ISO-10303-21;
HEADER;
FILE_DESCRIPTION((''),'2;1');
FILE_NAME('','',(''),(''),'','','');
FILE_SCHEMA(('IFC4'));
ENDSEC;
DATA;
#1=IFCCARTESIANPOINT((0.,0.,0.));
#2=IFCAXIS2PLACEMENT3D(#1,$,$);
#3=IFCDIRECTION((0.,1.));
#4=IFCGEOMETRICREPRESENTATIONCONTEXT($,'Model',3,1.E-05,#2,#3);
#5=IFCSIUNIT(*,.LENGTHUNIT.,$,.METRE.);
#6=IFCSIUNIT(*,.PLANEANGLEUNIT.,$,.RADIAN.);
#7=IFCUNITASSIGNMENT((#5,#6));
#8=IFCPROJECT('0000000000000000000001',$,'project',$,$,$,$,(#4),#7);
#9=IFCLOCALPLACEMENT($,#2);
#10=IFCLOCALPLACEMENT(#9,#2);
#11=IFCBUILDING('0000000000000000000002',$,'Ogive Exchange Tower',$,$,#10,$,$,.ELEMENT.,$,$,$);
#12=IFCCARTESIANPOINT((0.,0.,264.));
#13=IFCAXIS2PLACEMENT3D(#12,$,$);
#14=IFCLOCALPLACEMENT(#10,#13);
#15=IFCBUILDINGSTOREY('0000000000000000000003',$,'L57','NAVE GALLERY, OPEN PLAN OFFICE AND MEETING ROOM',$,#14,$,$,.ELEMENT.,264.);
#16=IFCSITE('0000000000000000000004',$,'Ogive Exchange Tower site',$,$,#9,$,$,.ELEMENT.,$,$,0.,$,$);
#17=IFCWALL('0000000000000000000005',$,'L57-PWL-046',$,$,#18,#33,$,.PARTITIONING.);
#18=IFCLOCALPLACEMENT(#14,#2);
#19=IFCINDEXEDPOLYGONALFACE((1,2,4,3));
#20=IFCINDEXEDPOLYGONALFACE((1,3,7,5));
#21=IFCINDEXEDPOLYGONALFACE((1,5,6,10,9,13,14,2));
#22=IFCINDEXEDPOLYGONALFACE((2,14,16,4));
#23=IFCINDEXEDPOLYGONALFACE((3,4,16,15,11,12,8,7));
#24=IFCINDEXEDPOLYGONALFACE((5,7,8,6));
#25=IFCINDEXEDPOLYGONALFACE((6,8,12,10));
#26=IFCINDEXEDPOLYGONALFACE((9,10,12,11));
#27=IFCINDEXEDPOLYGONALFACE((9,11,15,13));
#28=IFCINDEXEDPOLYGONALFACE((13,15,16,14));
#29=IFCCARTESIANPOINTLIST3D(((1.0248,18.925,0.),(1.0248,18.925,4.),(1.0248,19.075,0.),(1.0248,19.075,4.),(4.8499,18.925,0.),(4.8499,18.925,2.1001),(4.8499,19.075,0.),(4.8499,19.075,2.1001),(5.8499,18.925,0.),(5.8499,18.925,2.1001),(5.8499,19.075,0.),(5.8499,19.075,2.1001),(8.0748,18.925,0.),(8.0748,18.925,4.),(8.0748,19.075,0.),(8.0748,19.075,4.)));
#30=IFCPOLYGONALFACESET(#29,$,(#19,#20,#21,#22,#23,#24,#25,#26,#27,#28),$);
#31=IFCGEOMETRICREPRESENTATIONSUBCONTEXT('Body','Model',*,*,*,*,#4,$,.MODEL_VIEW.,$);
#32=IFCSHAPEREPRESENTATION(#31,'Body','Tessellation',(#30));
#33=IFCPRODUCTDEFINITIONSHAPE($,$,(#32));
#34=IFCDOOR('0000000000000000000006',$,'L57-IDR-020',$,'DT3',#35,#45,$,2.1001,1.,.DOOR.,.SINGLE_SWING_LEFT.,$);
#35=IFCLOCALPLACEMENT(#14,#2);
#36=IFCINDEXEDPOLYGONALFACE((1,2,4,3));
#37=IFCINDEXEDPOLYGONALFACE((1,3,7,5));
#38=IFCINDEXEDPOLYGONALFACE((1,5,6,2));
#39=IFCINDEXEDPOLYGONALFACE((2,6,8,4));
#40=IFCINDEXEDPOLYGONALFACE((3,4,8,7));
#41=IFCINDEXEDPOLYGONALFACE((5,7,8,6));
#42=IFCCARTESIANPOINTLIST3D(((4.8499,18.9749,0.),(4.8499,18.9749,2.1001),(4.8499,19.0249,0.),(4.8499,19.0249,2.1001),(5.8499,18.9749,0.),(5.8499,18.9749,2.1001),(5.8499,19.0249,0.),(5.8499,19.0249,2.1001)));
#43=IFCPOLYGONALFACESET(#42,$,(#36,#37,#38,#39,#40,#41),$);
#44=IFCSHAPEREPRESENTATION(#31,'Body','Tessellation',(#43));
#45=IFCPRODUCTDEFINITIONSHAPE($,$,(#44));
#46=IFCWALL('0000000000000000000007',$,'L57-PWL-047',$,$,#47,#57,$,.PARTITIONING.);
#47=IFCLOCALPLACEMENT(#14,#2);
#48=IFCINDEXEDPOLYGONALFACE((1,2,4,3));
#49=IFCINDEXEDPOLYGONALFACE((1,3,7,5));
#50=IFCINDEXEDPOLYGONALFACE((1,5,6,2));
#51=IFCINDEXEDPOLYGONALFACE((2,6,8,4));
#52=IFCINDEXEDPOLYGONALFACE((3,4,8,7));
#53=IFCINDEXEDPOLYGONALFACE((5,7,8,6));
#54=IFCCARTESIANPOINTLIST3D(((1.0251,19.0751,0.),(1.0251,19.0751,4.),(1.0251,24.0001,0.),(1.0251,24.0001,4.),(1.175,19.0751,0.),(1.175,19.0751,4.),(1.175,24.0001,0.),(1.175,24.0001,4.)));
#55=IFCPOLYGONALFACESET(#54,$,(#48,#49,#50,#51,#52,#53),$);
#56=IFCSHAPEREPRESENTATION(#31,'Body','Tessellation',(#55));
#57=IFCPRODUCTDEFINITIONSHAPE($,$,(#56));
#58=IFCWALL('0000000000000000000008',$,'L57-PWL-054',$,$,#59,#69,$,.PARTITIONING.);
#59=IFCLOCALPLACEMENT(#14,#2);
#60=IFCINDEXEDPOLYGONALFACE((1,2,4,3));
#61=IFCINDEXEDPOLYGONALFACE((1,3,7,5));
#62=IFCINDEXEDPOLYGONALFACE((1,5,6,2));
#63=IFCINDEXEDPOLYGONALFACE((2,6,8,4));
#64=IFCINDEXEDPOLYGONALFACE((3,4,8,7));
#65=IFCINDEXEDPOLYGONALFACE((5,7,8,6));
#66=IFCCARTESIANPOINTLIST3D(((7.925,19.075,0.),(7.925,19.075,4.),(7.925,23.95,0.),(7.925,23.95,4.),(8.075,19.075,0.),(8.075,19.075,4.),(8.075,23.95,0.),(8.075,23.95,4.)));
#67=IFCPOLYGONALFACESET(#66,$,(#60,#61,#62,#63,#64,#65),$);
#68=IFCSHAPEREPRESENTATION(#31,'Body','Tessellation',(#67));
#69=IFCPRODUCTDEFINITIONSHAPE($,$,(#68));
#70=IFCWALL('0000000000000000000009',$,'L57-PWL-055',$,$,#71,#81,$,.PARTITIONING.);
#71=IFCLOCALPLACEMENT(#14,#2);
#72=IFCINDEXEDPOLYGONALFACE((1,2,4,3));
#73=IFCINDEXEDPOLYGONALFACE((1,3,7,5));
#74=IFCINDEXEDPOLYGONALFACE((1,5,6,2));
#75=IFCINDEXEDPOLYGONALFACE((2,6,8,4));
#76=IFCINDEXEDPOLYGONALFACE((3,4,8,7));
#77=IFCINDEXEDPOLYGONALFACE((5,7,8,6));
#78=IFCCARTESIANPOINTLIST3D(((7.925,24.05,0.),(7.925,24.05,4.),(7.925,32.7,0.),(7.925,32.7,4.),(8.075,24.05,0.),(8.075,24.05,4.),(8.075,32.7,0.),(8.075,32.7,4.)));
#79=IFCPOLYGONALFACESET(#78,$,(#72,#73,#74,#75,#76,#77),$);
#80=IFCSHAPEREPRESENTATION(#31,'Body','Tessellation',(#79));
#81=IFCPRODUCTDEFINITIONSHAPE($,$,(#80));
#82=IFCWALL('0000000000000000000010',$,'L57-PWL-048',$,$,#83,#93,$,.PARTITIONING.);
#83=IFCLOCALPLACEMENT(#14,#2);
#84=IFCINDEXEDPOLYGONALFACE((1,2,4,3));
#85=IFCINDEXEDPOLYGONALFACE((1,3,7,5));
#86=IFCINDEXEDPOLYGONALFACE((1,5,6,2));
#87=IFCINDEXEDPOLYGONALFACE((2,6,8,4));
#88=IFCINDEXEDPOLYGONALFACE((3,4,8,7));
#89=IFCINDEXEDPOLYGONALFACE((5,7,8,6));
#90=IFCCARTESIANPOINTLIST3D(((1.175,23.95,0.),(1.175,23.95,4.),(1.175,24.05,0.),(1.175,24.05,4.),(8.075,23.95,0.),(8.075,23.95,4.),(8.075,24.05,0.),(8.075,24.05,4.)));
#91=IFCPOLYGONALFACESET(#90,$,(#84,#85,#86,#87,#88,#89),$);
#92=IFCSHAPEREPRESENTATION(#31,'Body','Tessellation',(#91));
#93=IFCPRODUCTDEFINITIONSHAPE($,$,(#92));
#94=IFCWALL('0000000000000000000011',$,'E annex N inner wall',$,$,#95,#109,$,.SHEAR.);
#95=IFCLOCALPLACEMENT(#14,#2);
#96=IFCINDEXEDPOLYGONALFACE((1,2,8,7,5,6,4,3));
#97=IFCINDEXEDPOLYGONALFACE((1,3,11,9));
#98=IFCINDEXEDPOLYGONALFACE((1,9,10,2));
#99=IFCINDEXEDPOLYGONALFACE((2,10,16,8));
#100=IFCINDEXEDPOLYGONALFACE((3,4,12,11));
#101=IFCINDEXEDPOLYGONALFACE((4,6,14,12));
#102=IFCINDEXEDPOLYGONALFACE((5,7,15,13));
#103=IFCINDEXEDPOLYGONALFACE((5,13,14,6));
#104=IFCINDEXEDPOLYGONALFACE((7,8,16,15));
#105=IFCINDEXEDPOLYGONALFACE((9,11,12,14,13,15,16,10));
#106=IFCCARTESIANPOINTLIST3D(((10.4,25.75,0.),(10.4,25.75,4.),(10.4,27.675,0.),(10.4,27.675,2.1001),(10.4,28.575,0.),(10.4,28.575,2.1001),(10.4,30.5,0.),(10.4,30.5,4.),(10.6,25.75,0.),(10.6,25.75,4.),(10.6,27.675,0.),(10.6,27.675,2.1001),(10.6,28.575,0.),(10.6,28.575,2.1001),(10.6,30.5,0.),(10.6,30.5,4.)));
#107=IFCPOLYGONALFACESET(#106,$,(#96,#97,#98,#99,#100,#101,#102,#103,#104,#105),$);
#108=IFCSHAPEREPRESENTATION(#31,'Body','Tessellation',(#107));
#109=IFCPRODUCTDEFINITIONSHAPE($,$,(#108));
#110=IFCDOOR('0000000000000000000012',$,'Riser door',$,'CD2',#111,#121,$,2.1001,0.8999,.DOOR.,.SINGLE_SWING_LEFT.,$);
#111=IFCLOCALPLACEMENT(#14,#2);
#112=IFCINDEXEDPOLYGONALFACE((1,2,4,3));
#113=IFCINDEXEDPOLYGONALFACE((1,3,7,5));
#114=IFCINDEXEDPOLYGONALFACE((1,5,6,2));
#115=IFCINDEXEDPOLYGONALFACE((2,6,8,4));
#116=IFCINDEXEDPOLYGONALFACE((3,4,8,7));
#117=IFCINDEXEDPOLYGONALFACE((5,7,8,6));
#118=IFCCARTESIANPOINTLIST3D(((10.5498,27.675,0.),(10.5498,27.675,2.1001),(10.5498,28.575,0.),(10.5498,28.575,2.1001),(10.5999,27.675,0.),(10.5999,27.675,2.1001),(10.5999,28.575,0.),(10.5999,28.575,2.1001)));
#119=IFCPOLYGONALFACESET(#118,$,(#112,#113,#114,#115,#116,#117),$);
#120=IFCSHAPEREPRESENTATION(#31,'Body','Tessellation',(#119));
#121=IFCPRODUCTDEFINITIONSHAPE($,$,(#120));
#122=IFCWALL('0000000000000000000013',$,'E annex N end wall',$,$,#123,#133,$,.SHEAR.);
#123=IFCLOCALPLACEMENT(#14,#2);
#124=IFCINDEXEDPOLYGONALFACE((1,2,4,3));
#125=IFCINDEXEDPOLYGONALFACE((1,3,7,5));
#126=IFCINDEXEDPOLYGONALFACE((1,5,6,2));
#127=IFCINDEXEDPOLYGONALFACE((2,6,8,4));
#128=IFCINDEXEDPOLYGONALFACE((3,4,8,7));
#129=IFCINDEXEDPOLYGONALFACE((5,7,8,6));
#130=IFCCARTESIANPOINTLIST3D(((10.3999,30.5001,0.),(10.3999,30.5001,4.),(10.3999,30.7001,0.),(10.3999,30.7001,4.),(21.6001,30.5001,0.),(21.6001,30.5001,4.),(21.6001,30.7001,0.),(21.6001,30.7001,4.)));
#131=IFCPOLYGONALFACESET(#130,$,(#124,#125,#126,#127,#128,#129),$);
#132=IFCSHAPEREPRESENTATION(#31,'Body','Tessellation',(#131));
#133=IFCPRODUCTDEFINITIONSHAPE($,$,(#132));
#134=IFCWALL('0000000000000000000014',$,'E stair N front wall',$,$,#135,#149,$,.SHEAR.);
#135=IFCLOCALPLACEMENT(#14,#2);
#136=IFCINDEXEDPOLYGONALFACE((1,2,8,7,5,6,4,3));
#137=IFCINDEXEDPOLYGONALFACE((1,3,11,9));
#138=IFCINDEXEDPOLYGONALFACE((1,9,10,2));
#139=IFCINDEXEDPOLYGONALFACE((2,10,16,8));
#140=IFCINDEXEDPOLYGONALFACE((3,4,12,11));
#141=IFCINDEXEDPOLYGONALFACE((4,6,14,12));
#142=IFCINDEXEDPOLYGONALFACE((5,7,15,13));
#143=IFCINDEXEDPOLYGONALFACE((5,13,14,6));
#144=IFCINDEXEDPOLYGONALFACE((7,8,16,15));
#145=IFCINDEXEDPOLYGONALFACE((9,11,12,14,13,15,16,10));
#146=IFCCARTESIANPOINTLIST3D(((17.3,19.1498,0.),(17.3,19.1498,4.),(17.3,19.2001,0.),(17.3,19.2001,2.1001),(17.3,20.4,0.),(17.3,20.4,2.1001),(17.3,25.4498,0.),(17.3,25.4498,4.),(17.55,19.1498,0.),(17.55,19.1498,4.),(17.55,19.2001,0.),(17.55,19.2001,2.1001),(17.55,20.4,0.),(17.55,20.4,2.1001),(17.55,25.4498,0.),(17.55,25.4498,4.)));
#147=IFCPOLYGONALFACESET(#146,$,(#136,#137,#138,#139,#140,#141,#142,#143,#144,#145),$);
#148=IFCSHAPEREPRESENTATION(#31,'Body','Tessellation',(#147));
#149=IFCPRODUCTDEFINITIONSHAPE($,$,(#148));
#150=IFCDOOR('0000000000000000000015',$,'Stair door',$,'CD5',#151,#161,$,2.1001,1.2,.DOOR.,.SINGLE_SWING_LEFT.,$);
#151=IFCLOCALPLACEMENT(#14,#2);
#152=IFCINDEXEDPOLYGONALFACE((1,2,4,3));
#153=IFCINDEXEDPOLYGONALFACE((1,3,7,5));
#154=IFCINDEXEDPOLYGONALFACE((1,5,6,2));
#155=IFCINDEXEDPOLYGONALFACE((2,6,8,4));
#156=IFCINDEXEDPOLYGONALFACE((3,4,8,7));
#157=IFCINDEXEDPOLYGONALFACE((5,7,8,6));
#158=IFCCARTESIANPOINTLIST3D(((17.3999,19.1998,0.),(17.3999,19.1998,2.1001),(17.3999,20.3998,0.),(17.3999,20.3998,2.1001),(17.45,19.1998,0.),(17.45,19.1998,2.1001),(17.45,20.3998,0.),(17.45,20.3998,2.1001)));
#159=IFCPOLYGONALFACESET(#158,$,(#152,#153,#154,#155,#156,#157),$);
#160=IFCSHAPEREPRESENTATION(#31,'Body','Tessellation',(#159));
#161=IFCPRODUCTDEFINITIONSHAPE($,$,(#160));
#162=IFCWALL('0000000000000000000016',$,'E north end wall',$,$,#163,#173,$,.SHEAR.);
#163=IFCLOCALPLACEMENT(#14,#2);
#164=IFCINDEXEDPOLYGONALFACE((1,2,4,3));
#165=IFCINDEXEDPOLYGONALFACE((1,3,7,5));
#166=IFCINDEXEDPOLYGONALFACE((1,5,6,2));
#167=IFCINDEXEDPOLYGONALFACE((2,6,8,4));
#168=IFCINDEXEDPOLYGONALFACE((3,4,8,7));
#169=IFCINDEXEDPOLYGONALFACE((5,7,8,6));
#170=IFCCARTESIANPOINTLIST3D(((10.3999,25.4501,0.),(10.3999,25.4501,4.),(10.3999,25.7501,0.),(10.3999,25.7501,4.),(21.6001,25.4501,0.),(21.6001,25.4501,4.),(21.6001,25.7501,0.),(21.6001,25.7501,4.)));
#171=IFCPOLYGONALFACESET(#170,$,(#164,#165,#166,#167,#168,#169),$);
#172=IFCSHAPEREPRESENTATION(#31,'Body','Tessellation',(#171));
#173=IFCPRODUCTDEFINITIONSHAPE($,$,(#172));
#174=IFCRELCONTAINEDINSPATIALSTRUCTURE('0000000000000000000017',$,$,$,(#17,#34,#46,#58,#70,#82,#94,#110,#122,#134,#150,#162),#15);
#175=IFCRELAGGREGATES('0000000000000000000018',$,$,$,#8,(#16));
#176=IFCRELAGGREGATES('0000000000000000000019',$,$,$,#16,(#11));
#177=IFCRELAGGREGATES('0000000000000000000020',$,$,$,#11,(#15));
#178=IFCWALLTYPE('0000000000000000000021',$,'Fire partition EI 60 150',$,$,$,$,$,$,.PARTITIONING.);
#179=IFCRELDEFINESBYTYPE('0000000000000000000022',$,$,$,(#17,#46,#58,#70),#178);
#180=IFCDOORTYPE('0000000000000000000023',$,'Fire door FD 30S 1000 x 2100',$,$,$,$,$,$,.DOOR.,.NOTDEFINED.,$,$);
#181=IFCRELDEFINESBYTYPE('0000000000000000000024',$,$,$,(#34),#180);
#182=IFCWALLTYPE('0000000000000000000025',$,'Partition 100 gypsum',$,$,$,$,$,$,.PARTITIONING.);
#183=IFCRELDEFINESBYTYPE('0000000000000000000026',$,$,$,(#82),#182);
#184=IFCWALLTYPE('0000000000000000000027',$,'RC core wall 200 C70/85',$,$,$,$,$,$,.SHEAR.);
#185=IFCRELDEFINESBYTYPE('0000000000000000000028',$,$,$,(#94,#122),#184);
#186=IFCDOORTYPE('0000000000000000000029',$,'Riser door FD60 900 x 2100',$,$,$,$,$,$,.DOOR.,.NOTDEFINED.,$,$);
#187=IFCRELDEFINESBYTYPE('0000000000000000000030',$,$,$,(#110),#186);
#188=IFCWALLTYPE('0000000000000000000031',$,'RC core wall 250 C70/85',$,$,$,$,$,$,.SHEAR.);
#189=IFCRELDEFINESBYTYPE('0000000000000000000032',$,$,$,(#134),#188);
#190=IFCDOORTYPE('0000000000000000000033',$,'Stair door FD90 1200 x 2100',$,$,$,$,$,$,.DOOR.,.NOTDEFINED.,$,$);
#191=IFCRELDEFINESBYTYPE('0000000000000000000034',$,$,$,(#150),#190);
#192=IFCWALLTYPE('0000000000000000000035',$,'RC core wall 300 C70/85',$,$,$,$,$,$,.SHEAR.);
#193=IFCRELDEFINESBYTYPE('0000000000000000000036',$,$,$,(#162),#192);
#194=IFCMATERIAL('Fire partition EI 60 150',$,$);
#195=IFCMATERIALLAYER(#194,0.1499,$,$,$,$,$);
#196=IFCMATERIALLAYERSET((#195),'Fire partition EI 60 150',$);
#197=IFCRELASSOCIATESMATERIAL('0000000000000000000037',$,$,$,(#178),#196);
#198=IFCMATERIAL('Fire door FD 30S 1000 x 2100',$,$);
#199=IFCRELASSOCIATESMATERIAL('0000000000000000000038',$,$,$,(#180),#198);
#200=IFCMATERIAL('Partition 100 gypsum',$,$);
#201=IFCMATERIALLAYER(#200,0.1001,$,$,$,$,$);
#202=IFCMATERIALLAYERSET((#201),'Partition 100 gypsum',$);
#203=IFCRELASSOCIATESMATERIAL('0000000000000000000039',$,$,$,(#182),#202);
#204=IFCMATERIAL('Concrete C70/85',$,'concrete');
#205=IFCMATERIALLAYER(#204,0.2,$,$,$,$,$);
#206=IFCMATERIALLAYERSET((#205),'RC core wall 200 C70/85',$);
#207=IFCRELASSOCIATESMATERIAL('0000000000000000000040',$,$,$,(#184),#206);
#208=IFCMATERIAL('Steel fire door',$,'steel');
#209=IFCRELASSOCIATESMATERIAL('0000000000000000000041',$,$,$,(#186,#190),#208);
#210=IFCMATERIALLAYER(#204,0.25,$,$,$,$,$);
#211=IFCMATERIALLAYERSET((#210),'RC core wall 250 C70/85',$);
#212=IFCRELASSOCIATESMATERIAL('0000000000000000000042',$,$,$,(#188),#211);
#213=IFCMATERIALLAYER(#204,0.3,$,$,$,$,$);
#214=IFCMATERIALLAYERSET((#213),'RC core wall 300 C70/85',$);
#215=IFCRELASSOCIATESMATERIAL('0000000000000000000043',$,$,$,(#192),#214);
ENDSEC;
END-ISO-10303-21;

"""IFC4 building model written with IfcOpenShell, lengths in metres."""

from ifc_helpers import new_model, si_unit, direction, frame, frame_2d, origin, place, context, subcontext, project, spatial, rectangle, extrude, material, layer, layer_set, type_object, element, fill, save


model = new_model("IFC4")

# Units and contexts
model_context = context("Model", 3, precision=1e-05, world=origin(), true_north=direction((0.0, 1.0)))
body_context = subcontext(model_context, "Body", "Model", "MODEL_VIEW")
ifc_project = project(units=[si_unit("LENGTHUNIT", "METRE"), si_unit("PLANEANGLEUNIT", "RADIAN")], contexts=[model_context])

# Site, building, storey
site_placement = place(None, origin())
site = spatial("IfcSite", under=ifc_project, at=site_placement, Name="Ogive Exchange Tower site", CompositionType="ELEMENT", RefElevation=0.0)
building_placement = place(site_placement, origin())
building = spatial("IfcBuilding", under=site, at=building_placement, Name="Ogive Exchange Tower", CompositionType="ELEMENT")
storey_placement = place(building_placement, frame((0.0, 0.0, 264.0)))
storey = spatial("IfcBuildingStorey", under=building, at=storey_placement, Name="L57", Description="NAVE GALLERY, OPEN PLAN OFFICE AND MEETING ROOM", CompositionType="ELEMENT", Elevation=264.0)

# Shared definitions
ifc_material_1 = material(Name="Fire partition EI 60 150")
ifc_layer_1 = layer(ifc_material_1, 0.1499)
ifc_layer_set_1 = layer_set([ifc_layer_1], Name="Fire partition EI 60 150")
wall_type_1 = type_object("IfcWallType", Name="Fire partition EI 60 150", PredefinedType="PARTITIONING", material=ifc_layer_set_1)

# Wall, opening, door
ifc_material_2 = material(Name="Fire door FD 30S 1000 x 2100")
door_type_1 = type_object("IfcDoorType", Name="Fire door FD 30S 1000 x 2100", OperationType="NOTDEFINED", PredefinedType="DOOR", material=ifc_material_2)
wall_1_placement = place(storey_placement, frame((1.0249, 19.0, 0.0), z_axis=(0.0, 0.0, 1.0), x_axis=(1.0, 0.0, 0.0)))
wall_1 = element("IfcWall", 1, at=wall_1_placement, inside=storey, type_object=wall_type_1, Name="L57-PWL-046", PredefinedType="PARTITIONING", context=body_context, shape_type="SweptSolid", body=[
    extrude(rectangle(XDim=7.05, YDim=0.1499, at=frame_2d((3.5249, 0.0))), origin(), (0.0, 0.0, 1.0), 4.0),
])
opening_1_placement = place(wall_1_placement, frame((3.825, 0.0, 0.0)))
opening_1 = element("IfcOpeningElement", 2, at=opening_1_placement, cuts=wall_1, PredefinedType="OPENING", context=body_context, shape_type="SweptSolid", body=[
    extrude(rectangle(XDim=1.0, YDim=2.1001, at=frame_2d((0.5, 1.05))), frame((0.0, 0.085, 0.0), z_axis=(0.0, -1.0, 0.0), x_axis=(1.0, 0.0, 0.0)), (0.0, 0.0, 1.0), 0.1699),
])
door_1_placement = place(opening_1_placement, origin())
door_1 = element("IfcDoor", 3, at=door_1_placement, inside=storey, type_object=door_type_1, Name="L57-IDR-020", ObjectType="DT3", OperationType="SINGLE_SWING_LEFT", OverallHeight=2.1001, OverallWidth=1.0, PredefinedType="DOOR", context=body_context, shape_type="SweptSolid", body=[
    extrude(rectangle(XDim=1.0, YDim=2.1001, at=frame_2d((0.5, 1.05))), frame((0.0, 0.0249, 0.0), z_axis=(0.0, -1.0, 0.0), x_axis=(1.0, 0.0, 0.0)), (0.0, 0.0, 1.0), 0.05),
])
fill(opening_1, door_1)

# Walls
wall_2_placement = place(storey_placement, frame((1.1001, 24.0, 0.0), z_axis=(0.0, 0.0, 1.0), x_axis=(0.0, -1.0, 0.0)))
element("IfcWall", 4, at=wall_2_placement, inside=storey, type_object=wall_type_1, Name="L57-PWL-047", PredefinedType="PARTITIONING", context=body_context, shape_type="SweptSolid", body=[
    extrude(rectangle(XDim=4.925, YDim=0.1499, at=frame_2d((2.4624, 0.0))), origin(), (0.0, 0.0, 1.0), 4.0),
])
wall_3_placement = place(storey_placement, frame((8.0, 19.075, 0.0), z_axis=(0.0, 0.0, 1.0), x_axis=(0.0, 1.0, 0.0)))
element("IfcWall", 5, at=wall_3_placement, inside=storey, type_object=wall_type_1, Name="L57-PWL-054", PredefinedType="PARTITIONING", context=body_context, shape_type="SweptSolid", body=[
    extrude(rectangle(XDim=4.875, YDim=0.1499, at=frame_2d((2.4375, 0.0))), origin(), (0.0, 0.0, 1.0), 4.0),
])
wall_4_placement = place(storey_placement, frame((8.0, 24.05, 0.0), z_axis=(0.0, 0.0, 1.0), x_axis=(0.0, 1.0, 0.0)))
element("IfcWall", 6, at=wall_4_placement, inside=storey, type_object=wall_type_1, Name="L57-PWL-055", PredefinedType="PARTITIONING", context=body_context, shape_type="SweptSolid", body=[
    extrude(rectangle(XDim=8.6499, YDim=0.1499, at=frame_2d((4.325, 0.0))), origin(), (0.0, 0.0, 1.0), 4.0),
])
ifc_material_3 = material(Name="Partition 100 gypsum")
ifc_layer_2 = layer(ifc_material_3, 0.1001)
ifc_layer_set_2 = layer_set([ifc_layer_2], Name="Partition 100 gypsum")
wall_type_2 = type_object("IfcWallType", Name="Partition 100 gypsum", PredefinedType="PARTITIONING", material=ifc_layer_set_2)
wall_5_placement = place(storey_placement, frame((1.175, 24.0, 0.0), z_axis=(0.0, 0.0, 1.0), x_axis=(1.0, 0.0, 0.0)))
element("IfcWall", 7, at=wall_5_placement, inside=storey, type_object=wall_type_2, Name="L57-PWL-048", PredefinedType="PARTITIONING", context=body_context, shape_type="SweptSolid", body=[
    extrude(rectangle(XDim=6.8999, YDim=0.1001, at=frame_2d((3.45, 0.0))), origin(), (0.0, 0.0, 1.0), 4.0),
])

# Wall, opening, door
ifc_material_4 = material(Name="Concrete C70/85", Category="concrete")
ifc_layer_3 = layer(ifc_material_4, 0.2)
ifc_layer_set_3 = layer_set([ifc_layer_3], Name="RC core wall 200 C70/85")
wall_type_3 = type_object("IfcWallType", Name="RC core wall 200 C70/85", PredefinedType="SHEAR", material=ifc_layer_set_3)
wall_6_placement = place(storey_placement, frame((10.5, 25.75, 0.0), z_axis=(0.0, 0.0, 1.0), x_axis=(0.0, 1.0, 0.0)))
wall_6 = element("IfcWall", 8, at=wall_6_placement, inside=storey, type_object=wall_type_3, Name="E annex N inner wall", PredefinedType="SHEAR", context=body_context, shape_type="SweptSolid", body=[
    extrude(rectangle(XDim=4.75, YDim=0.2, at=frame_2d((2.375, 0.0))), origin(), (0.0, 0.0, 1.0), 4.0),
])
opening_2_placement = place(wall_6_placement, frame((1.925, 0.0, 0.0)))
opening_2 = element("IfcOpeningElement", 9, at=opening_2_placement, cuts=wall_6, PredefinedType="OPENING", context=body_context, shape_type="SweptSolid", body=[
    extrude(rectangle(XDim=0.8999, YDim=2.1001, at=frame_2d((0.45, 1.05))), frame((0.0, 0.1099, 0.0), z_axis=(0.0, -1.0, 0.0), x_axis=(1.0, 0.0, 0.0)), (0.0, 0.0, 1.0), 0.22),
])
ifc_material_5 = material(Name="Steel fire door", Category="steel")
door_type_2 = type_object("IfcDoorType", Name="Riser door FD60 900 x 2100", OperationType="NOTDEFINED", PredefinedType="DOOR", material=ifc_material_5)
door_2_placement = place(opening_2_placement, origin())
door_2 = element("IfcDoor", 10, at=door_2_placement, inside=storey, type_object=door_type_2, Name="Riser door", ObjectType="CD2", OperationType="SINGLE_SWING_LEFT", OverallHeight=2.1001, OverallWidth=0.8999, PredefinedType="DOOR", context=body_context, shape_type="SweptSolid", body=[
    extrude(rectangle(XDim=0.8999, YDim=2.1001, at=frame_2d((0.45, 1.05))), frame((0.0, -0.0498, 0.0), z_axis=(0.0, -1.0, 0.0), x_axis=(1.0, 0.0, 0.0)), (0.0, 0.0, 1.0), 0.05),
])
fill(opening_2, door_2)

# Wall
wall_7_placement = place(storey_placement, frame((10.3999, 30.6001, 0.0), z_axis=(0.0, 0.0, 1.0), x_axis=(1.0, 0.0, 0.0)))
element("IfcWall", 11, at=wall_7_placement, inside=storey, type_object=wall_type_3, Name="E annex N end wall", PredefinedType="SHEAR", context=body_context, shape_type="SweptSolid", body=[
    extrude(rectangle(XDim=11.2002, YDim=0.2, at=frame_2d((5.6001, 0.0))), origin(), (0.0, 0.0, 1.0), 4.0),
])

# Wall, opening, door
ifc_layer_4 = layer(ifc_material_4, 0.25)
ifc_layer_set_4 = layer_set([ifc_layer_4], Name="RC core wall 250 C70/85")
wall_type_4 = type_object("IfcWallType", Name="RC core wall 250 C70/85", PredefinedType="SHEAR", material=ifc_layer_set_4)
wall_8_placement = place(storey_placement, frame((17.425, 19.1499, 0.0), z_axis=(0.0, 0.0, 1.0), x_axis=(0.0, 1.0, 0.0)))
wall_8 = element("IfcWall", 12, at=wall_8_placement, inside=storey, type_object=wall_type_4, Name="E stair N front wall", PredefinedType="SHEAR", context=body_context, shape_type="SweptSolid", body=[
    extrude(rectangle(XDim=6.3, YDim=0.25, at=frame_2d((3.1499, 0.0))), origin(), (0.0, 0.0, 1.0), 4.0),
])
opening_3_placement = place(wall_8_placement, frame((0.05, 0.0, 0.0)))
opening_3 = element("IfcOpeningElement", 13, at=opening_3_placement, cuts=wall_8, PredefinedType="OPENING", context=body_context, shape_type="SweptSolid", body=[
    extrude(rectangle(XDim=1.2, YDim=2.1001, at=frame_2d((0.6001, 1.05))), frame((0.0, 0.135, 0.0), z_axis=(0.0, -1.0, 0.0), x_axis=(1.0, 0.0, 0.0)), (0.0, 0.0, 1.0), 0.27),
])
door_type_3 = type_object("IfcDoorType", Name="Stair door FD90 1200 x 2100", OperationType="NOTDEFINED", PredefinedType="DOOR", material=ifc_material_5)
door_3_placement = place(opening_3_placement, frame((1.2, 0.0, 0.0), z_axis=(0.0, 0.0, 1.0), x_axis=(-1.0, 0.0, 0.0)))
door_3 = element("IfcDoor", 14, at=door_3_placement, inside=storey, type_object=door_type_3, Name="Stair door", ObjectType="CD5", OperationType="SINGLE_SWING_LEFT", OverallHeight=2.1001, OverallWidth=1.2, PredefinedType="DOOR", context=body_context, shape_type="SweptSolid", body=[
    extrude(rectangle(XDim=1.2, YDim=2.1001, at=frame_2d((0.6001, 1.05))), frame((0.0, 0.0249, 0.0), z_axis=(0.0, -1.0, 0.0), x_axis=(1.0, 0.0, 0.0)), (0.0, 0.0, 1.0), 0.05),
])
fill(opening_3, door_3)

# Wall
ifc_layer_5 = layer(ifc_material_4, 0.3)
ifc_layer_set_5 = layer_set([ifc_layer_5], Name="RC core wall 300 C70/85")
wall_type_5 = type_object("IfcWallType", Name="RC core wall 300 C70/85", PredefinedType="SHEAR", material=ifc_layer_set_5)
wall_9_placement = place(storey_placement, frame((10.3999, 25.6001, 0.0), z_axis=(0.0, 0.0, 1.0), x_axis=(1.0, 0.0, 0.0)))
element("IfcWall", 15, at=wall_9_placement, inside=storey, type_object=wall_type_5, Name="E north end wall", PredefinedType="SHEAR", context=body_context, shape_type="SweptSolid", body=[
    extrude(rectangle(XDim=11.2002, YDim=0.3, at=frame_2d((5.6001, 0.0))), origin(), (0.0, 0.0, 1.0), 4.0),
])

save(model, "model.ifc")
